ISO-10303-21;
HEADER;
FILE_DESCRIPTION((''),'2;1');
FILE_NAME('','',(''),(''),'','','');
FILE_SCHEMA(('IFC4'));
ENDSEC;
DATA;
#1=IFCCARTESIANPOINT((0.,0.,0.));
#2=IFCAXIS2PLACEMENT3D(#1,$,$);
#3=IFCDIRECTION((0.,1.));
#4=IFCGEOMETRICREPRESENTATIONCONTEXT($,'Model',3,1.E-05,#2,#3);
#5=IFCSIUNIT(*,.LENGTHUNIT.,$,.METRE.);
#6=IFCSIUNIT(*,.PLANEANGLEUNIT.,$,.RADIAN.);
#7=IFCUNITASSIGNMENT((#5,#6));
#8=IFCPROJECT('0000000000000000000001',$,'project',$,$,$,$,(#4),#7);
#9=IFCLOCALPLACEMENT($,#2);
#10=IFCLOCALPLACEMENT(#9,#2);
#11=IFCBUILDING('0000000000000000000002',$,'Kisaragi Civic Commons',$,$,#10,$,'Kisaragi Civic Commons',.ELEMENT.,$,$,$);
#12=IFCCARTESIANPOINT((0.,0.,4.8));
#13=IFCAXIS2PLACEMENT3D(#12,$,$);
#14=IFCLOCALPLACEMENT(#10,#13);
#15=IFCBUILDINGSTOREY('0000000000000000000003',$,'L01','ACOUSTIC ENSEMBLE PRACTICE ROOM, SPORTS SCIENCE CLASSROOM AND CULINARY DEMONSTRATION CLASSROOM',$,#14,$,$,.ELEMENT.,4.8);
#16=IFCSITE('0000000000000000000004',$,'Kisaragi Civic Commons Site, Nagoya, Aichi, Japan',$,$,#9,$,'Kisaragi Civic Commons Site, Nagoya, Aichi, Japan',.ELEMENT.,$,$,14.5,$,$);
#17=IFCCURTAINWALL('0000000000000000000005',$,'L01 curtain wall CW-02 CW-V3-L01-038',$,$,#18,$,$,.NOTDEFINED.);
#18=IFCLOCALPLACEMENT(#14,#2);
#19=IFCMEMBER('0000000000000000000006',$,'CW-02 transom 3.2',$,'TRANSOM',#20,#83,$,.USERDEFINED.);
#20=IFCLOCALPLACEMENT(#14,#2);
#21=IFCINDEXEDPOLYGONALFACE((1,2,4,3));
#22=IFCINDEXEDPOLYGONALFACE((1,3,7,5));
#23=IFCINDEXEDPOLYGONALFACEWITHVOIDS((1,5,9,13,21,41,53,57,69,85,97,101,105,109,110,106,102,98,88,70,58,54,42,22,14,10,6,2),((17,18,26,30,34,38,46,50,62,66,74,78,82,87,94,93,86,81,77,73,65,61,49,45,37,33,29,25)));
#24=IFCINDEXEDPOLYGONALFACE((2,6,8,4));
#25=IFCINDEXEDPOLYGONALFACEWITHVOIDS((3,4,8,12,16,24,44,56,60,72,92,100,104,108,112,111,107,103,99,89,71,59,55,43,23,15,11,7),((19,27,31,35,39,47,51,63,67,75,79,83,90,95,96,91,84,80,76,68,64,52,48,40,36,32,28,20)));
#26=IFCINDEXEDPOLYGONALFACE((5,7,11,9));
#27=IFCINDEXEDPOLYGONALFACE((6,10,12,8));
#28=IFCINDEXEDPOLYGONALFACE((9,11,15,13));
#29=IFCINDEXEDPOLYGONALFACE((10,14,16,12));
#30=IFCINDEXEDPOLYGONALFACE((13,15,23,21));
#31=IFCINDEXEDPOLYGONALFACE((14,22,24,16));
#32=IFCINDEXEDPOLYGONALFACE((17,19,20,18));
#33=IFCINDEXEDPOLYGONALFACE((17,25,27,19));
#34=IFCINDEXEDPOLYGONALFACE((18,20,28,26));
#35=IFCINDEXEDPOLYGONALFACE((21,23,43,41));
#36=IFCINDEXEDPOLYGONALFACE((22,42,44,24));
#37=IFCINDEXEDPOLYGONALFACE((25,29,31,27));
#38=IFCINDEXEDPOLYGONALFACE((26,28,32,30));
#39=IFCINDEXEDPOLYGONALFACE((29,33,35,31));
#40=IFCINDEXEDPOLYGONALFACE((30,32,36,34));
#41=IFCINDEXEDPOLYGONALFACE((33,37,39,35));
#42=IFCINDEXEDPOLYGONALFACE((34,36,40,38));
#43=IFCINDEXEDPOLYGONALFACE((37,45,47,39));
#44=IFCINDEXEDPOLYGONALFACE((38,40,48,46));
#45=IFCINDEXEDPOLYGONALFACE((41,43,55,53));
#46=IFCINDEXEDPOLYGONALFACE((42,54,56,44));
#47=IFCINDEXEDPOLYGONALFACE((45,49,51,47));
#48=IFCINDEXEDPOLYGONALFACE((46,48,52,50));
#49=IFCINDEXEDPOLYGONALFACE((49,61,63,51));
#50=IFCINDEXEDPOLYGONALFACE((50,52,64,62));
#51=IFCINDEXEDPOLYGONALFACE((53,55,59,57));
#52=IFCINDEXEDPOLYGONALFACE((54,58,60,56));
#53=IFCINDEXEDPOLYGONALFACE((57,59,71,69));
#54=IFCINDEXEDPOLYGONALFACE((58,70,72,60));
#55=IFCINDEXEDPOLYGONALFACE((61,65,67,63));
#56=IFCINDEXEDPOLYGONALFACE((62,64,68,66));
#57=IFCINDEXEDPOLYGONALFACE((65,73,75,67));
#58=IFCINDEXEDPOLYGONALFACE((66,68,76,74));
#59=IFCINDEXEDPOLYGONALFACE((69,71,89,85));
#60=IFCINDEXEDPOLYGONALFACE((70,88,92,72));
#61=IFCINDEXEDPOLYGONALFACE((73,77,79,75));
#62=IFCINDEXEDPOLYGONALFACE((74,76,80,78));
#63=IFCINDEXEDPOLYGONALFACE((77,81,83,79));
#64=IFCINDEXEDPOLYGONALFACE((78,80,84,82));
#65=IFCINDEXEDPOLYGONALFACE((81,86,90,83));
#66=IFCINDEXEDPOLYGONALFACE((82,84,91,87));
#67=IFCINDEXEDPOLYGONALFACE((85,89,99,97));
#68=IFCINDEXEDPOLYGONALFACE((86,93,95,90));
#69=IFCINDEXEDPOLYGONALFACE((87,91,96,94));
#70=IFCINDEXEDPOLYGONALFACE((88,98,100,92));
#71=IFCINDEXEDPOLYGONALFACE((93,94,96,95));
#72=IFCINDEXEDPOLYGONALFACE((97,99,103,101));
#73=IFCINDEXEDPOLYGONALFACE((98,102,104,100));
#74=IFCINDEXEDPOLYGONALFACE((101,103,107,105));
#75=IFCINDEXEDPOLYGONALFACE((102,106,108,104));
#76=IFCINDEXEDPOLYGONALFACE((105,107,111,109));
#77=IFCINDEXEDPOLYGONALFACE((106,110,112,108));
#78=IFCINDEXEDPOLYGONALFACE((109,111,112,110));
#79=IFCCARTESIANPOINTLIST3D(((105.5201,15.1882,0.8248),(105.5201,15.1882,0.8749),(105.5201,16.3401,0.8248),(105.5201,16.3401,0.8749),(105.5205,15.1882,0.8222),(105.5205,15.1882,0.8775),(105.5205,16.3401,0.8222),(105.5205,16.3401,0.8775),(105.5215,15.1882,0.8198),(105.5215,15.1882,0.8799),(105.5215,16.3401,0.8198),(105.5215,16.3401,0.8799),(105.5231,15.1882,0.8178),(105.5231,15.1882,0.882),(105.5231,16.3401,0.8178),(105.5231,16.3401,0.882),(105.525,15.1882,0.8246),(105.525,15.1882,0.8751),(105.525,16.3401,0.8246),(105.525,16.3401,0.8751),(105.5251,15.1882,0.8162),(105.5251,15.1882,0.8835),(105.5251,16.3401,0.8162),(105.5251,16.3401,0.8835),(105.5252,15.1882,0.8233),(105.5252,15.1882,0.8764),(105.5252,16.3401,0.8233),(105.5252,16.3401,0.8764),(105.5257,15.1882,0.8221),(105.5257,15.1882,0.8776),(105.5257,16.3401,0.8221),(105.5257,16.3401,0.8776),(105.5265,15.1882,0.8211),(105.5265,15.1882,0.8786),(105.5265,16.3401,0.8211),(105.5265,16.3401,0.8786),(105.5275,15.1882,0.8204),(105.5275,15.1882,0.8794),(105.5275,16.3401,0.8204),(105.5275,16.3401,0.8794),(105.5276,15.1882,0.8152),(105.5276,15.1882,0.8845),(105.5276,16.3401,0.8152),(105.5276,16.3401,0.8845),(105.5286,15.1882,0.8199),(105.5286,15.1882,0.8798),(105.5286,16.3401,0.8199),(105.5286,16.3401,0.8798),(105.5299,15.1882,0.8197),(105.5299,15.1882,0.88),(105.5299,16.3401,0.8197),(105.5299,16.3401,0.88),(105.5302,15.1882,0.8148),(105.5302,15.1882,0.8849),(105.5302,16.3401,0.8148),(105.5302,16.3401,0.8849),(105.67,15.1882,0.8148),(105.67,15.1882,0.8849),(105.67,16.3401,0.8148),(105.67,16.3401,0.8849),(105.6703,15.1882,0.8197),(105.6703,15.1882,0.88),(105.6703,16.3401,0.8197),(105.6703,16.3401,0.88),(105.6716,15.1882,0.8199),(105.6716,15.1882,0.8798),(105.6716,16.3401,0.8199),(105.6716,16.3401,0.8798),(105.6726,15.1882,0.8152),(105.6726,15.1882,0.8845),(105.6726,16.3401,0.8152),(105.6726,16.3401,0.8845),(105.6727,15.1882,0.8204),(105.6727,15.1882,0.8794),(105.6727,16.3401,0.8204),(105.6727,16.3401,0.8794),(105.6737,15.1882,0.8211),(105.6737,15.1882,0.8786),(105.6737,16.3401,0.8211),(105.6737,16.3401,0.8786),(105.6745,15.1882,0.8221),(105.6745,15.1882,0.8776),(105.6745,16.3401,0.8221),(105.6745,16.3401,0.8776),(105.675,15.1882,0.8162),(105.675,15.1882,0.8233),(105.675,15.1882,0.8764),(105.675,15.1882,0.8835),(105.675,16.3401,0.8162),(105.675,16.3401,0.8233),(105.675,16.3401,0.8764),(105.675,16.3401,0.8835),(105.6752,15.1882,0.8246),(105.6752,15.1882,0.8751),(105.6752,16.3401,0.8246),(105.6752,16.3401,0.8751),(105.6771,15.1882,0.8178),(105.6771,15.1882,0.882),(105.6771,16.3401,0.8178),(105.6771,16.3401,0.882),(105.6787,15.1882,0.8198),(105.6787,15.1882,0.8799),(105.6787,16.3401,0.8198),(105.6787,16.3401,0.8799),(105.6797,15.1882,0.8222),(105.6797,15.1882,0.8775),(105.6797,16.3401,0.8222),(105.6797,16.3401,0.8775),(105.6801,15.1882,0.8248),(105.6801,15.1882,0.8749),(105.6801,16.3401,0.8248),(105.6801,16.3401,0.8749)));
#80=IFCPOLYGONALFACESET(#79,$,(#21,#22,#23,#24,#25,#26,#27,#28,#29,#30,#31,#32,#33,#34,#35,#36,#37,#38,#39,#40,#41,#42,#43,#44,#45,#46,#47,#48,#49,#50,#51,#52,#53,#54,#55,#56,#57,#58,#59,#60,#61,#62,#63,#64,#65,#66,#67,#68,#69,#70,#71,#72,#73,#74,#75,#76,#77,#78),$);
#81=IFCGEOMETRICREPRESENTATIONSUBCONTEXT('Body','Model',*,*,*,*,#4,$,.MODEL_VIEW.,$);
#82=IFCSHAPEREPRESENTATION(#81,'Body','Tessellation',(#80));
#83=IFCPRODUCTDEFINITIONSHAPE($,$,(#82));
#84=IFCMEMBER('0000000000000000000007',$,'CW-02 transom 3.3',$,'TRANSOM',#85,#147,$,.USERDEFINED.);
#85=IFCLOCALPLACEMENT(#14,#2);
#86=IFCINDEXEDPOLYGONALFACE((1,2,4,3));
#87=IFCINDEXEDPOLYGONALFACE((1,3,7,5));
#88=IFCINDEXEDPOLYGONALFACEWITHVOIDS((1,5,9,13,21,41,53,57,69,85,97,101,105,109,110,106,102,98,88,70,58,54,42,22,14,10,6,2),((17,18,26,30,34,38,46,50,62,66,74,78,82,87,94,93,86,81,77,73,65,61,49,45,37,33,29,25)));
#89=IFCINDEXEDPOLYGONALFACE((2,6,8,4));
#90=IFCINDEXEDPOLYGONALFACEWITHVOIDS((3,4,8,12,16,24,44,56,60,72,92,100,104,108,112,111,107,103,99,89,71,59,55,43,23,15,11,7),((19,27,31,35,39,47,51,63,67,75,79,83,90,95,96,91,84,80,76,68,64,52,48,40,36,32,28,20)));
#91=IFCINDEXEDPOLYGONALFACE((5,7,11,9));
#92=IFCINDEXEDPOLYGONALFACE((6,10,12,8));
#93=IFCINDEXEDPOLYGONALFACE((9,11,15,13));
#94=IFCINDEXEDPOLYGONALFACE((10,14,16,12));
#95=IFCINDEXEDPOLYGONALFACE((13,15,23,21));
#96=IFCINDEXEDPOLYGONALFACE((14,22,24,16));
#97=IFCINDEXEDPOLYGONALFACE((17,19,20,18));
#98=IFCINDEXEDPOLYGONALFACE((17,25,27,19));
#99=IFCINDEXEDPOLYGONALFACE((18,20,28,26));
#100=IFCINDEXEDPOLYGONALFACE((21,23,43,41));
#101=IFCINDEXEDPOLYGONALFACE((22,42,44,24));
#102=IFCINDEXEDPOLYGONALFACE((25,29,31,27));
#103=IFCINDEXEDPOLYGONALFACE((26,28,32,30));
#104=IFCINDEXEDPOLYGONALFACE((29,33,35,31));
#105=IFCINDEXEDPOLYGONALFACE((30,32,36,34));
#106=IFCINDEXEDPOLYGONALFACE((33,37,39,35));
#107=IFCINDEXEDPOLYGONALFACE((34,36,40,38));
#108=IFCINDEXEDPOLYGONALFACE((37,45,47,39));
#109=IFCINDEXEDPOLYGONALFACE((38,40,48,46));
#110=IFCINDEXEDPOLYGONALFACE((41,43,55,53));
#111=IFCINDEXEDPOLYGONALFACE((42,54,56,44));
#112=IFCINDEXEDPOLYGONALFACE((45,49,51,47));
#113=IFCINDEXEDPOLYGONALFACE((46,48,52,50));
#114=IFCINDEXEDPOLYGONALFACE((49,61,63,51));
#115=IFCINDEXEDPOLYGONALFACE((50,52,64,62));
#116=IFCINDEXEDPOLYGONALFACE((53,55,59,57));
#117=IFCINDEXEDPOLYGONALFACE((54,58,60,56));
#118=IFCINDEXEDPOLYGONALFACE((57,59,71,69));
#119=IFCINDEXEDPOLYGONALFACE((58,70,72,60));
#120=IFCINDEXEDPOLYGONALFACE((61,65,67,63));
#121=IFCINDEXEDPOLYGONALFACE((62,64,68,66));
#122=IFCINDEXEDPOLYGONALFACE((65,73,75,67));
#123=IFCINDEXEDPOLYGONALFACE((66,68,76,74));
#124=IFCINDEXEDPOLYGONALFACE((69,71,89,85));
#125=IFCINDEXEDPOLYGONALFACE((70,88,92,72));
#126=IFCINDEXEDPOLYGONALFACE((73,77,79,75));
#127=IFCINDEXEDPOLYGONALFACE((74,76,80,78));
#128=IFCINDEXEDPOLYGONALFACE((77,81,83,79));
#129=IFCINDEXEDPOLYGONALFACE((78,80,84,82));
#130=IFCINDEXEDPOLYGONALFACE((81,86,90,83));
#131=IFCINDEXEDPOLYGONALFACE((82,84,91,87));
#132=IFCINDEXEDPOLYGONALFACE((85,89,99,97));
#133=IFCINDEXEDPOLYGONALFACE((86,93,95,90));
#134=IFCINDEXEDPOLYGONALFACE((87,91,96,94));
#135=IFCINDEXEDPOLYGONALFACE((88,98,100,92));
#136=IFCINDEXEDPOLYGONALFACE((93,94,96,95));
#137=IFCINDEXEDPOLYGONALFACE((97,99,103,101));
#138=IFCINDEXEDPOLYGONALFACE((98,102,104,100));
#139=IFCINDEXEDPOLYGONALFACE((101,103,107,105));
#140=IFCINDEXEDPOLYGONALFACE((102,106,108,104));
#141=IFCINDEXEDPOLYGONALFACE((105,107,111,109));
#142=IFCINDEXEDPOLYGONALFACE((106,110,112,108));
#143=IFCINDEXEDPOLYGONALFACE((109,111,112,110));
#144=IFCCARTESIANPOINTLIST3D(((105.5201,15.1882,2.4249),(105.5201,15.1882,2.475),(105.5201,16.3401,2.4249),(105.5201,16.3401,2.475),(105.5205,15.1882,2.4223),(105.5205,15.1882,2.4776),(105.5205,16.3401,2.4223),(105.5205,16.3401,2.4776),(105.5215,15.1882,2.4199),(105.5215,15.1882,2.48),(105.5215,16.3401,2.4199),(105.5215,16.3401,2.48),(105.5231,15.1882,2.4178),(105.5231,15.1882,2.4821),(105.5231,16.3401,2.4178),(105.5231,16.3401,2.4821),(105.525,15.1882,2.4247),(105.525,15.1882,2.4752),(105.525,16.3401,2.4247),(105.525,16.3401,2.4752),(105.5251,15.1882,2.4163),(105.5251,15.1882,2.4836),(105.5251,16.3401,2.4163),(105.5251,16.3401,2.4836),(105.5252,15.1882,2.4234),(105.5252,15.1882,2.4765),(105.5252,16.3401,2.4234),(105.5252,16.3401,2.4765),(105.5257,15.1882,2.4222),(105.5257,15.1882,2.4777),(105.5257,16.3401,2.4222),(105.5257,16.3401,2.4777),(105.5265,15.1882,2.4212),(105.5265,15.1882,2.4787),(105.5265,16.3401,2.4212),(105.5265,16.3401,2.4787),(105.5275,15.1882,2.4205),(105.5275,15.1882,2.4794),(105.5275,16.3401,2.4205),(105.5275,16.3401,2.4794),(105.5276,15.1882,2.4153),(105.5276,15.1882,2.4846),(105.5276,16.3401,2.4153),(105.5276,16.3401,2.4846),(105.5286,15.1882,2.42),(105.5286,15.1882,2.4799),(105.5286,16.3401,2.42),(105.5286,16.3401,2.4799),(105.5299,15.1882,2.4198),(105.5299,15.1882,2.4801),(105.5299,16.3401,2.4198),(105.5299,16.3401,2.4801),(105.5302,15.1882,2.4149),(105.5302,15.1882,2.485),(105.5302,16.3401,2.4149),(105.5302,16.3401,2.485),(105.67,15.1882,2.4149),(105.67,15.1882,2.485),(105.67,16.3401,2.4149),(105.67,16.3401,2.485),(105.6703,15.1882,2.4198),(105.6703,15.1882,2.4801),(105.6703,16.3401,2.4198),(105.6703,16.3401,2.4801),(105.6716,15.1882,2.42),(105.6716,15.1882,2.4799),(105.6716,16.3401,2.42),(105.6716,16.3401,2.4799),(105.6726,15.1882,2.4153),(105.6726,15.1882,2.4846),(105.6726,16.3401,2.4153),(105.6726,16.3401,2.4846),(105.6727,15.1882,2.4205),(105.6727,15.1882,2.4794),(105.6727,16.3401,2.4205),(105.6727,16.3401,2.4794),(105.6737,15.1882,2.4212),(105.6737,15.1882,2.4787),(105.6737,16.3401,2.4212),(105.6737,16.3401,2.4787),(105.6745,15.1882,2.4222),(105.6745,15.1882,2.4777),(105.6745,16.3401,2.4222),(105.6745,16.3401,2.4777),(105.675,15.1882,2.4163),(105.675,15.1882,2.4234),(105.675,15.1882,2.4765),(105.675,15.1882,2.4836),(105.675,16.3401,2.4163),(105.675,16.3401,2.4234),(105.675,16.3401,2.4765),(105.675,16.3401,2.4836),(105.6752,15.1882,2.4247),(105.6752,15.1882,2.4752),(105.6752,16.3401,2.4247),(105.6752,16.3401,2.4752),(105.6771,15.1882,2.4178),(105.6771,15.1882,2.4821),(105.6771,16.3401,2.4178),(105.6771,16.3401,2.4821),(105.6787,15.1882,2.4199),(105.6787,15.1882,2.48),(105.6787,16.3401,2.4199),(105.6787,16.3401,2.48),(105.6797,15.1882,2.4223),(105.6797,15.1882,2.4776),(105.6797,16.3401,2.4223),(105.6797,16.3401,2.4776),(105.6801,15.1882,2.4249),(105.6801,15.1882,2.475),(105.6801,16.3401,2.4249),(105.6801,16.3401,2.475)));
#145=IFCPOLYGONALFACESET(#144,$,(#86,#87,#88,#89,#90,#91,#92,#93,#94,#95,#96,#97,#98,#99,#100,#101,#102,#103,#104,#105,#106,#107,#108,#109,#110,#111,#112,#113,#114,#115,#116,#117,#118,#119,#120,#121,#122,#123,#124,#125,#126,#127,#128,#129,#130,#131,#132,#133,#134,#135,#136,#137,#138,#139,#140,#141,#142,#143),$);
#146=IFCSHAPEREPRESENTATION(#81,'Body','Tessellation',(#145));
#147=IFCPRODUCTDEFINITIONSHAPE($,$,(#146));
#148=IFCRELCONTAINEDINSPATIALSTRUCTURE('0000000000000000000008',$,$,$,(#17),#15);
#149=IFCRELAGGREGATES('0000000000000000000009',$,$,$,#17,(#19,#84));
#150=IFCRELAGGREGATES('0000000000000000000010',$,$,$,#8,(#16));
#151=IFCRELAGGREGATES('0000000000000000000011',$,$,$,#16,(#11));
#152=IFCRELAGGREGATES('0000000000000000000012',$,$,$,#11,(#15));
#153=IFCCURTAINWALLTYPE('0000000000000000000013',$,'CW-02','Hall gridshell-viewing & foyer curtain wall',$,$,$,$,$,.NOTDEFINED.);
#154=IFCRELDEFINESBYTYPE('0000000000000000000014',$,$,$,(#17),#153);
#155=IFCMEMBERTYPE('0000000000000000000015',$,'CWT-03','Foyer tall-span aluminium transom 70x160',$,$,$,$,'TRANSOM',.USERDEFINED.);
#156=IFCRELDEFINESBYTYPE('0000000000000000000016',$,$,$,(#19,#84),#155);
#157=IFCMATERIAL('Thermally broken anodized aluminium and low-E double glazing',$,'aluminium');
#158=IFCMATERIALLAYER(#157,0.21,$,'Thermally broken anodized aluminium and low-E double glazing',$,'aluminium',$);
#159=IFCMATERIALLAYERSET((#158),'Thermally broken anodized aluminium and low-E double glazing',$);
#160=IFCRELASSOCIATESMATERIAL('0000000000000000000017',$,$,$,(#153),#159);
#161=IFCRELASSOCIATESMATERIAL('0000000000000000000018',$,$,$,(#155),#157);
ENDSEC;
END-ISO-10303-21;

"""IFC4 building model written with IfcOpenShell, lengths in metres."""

from ifc_helpers import new_model, si_unit, direction, frame, origin, origin_2d, place, context, subcontext, project, spatial, hollow_rectangle, extrude, material, layer, layer_set, material_profile, profile_set, type_object, element, aggregate, save


model = new_model("IFC4")

# Units and contexts
model_context = context("Model", 3, precision=1e-05, world=origin(), true_north=direction((0.0, 1.0)))
body_context = subcontext(model_context, "Body", "Model", "MODEL_VIEW")
ifc_project = project(units=[si_unit("LENGTHUNIT", "METRE"), si_unit("PLANEANGLEUNIT", "RADIAN")], contexts=[model_context])

# Site, building, storey
site_placement = place(None, origin())
site = spatial("IfcSite", under=ifc_project, at=site_placement, Name="Kisaragi Civic Commons Site, Nagoya, Aichi, Japan", LongName="Kisaragi Civic Commons Site, Nagoya, Aichi, Japan", CompositionType="ELEMENT", RefElevation=14.5)
building_placement = place(site_placement, origin())
building = spatial("IfcBuilding", under=site, at=building_placement, Name="Kisaragi Civic Commons", LongName="Kisaragi Civic Commons", CompositionType="ELEMENT")
storey_placement = place(building_placement, frame((0.0, 0.0, 4.8)))
storey = spatial("IfcBuildingStorey", under=building, at=storey_placement, Name="L01", Description="ACOUSTIC ENSEMBLE PRACTICE ROOM, SPORTS SCIENCE CLASSROOM AND CULINARY DEMONSTRATION CLASSROOM", CompositionType="ELEMENT", Elevation=4.8)

# Curtain wall, members
ifc_material_1 = material(Name="Thermally broken anodized aluminium and low-E double glazing", Category="aluminium")
ifc_layer_1 = layer(ifc_material_1, 0.21, Name="Thermally broken anodized aluminium and low-E double glazing", Category="aluminium")
ifc_layer_set_1 = layer_set([ifc_layer_1], Name="Thermally broken anodized aluminium and low-E double glazing")
curtain_wall_type = type_object("IfcCurtainWallType", Name="CW-02", Description="Hall gridshell-viewing & foyer curtain wall", PredefinedType="NOTDEFINED", material=ifc_layer_set_1)
curtain_wall_placement = place(storey_placement, origin())
curtain_wall = element("IfcCurtainWall", 1, at=curtain_wall_placement, inside=storey, type_object=curtain_wall_type, Name="L01 curtain wall CW-02 CW-V3-L01-038", PredefinedType="NOTDEFINED")
ifc_material_profile_1 = material_profile(ifc_material_1, hollow_rectangle(XDim=0.1599, YDim=0.0701, WallThickness=0.0049, InnerFilletRadius=0.0049, OuterFilletRadius=0.01, at=origin_2d()), Name="CWT-70x160x5", Category="aluminium")
ifc_profile_set_1 = profile_set([ifc_material_profile_1], Name="Thermally broken anodized aluminium and low-E double glazing")
member_type_1 = type_object("IfcMemberType", Name="CWT-03", Description="Foyer tall-span aluminium transom 70x160", ElementType="TRANSOM", PredefinedType="USERDEFINED", material=ifc_profile_set_1)
member_1_placement = place(storey_placement, frame((105.6001, 15.1882, 0.8499), z_axis=(0.0, 1.0, 0.0), x_axis=(-1.0, 0.0, 0.0)))
member_1 = element("IfcMember", 2, at=member_1_placement, type_object=member_type_1, Name="CW-02 transom 3.2", ObjectType="TRANSOM", PredefinedType="USERDEFINED", context=body_context, shape_type="SweptSolid", body=[
    extrude(hollow_rectangle(XDim=0.1599, YDim=0.0701, WallThickness=0.0049, InnerFilletRadius=0.0049, OuterFilletRadius=0.01, at=origin_2d()), origin(), (0.0, 0.0, 1.0), 1.1519),
])
member_2_placement = place(storey_placement, frame((105.6001, 15.1882, 2.45), z_axis=(0.0, 1.0, 0.0), x_axis=(-1.0, 0.0, 0.0)))
member_2 = element("IfcMember", 3, at=member_2_placement, type_object=member_type_1, Name="CW-02 transom 3.3", ObjectType="TRANSOM", PredefinedType="USERDEFINED", context=body_context, shape_type="SweptSolid", body=[
    extrude(hollow_rectangle(XDim=0.1599, YDim=0.0701, WallThickness=0.0049, InnerFilletRadius=0.0049, OuterFilletRadius=0.01, at=origin_2d()), origin(), (0.0, 0.0, 1.0), 1.1519),
])

aggregate(curtain_wall, [member_1, member_2])

save(model, "model.ifc")
